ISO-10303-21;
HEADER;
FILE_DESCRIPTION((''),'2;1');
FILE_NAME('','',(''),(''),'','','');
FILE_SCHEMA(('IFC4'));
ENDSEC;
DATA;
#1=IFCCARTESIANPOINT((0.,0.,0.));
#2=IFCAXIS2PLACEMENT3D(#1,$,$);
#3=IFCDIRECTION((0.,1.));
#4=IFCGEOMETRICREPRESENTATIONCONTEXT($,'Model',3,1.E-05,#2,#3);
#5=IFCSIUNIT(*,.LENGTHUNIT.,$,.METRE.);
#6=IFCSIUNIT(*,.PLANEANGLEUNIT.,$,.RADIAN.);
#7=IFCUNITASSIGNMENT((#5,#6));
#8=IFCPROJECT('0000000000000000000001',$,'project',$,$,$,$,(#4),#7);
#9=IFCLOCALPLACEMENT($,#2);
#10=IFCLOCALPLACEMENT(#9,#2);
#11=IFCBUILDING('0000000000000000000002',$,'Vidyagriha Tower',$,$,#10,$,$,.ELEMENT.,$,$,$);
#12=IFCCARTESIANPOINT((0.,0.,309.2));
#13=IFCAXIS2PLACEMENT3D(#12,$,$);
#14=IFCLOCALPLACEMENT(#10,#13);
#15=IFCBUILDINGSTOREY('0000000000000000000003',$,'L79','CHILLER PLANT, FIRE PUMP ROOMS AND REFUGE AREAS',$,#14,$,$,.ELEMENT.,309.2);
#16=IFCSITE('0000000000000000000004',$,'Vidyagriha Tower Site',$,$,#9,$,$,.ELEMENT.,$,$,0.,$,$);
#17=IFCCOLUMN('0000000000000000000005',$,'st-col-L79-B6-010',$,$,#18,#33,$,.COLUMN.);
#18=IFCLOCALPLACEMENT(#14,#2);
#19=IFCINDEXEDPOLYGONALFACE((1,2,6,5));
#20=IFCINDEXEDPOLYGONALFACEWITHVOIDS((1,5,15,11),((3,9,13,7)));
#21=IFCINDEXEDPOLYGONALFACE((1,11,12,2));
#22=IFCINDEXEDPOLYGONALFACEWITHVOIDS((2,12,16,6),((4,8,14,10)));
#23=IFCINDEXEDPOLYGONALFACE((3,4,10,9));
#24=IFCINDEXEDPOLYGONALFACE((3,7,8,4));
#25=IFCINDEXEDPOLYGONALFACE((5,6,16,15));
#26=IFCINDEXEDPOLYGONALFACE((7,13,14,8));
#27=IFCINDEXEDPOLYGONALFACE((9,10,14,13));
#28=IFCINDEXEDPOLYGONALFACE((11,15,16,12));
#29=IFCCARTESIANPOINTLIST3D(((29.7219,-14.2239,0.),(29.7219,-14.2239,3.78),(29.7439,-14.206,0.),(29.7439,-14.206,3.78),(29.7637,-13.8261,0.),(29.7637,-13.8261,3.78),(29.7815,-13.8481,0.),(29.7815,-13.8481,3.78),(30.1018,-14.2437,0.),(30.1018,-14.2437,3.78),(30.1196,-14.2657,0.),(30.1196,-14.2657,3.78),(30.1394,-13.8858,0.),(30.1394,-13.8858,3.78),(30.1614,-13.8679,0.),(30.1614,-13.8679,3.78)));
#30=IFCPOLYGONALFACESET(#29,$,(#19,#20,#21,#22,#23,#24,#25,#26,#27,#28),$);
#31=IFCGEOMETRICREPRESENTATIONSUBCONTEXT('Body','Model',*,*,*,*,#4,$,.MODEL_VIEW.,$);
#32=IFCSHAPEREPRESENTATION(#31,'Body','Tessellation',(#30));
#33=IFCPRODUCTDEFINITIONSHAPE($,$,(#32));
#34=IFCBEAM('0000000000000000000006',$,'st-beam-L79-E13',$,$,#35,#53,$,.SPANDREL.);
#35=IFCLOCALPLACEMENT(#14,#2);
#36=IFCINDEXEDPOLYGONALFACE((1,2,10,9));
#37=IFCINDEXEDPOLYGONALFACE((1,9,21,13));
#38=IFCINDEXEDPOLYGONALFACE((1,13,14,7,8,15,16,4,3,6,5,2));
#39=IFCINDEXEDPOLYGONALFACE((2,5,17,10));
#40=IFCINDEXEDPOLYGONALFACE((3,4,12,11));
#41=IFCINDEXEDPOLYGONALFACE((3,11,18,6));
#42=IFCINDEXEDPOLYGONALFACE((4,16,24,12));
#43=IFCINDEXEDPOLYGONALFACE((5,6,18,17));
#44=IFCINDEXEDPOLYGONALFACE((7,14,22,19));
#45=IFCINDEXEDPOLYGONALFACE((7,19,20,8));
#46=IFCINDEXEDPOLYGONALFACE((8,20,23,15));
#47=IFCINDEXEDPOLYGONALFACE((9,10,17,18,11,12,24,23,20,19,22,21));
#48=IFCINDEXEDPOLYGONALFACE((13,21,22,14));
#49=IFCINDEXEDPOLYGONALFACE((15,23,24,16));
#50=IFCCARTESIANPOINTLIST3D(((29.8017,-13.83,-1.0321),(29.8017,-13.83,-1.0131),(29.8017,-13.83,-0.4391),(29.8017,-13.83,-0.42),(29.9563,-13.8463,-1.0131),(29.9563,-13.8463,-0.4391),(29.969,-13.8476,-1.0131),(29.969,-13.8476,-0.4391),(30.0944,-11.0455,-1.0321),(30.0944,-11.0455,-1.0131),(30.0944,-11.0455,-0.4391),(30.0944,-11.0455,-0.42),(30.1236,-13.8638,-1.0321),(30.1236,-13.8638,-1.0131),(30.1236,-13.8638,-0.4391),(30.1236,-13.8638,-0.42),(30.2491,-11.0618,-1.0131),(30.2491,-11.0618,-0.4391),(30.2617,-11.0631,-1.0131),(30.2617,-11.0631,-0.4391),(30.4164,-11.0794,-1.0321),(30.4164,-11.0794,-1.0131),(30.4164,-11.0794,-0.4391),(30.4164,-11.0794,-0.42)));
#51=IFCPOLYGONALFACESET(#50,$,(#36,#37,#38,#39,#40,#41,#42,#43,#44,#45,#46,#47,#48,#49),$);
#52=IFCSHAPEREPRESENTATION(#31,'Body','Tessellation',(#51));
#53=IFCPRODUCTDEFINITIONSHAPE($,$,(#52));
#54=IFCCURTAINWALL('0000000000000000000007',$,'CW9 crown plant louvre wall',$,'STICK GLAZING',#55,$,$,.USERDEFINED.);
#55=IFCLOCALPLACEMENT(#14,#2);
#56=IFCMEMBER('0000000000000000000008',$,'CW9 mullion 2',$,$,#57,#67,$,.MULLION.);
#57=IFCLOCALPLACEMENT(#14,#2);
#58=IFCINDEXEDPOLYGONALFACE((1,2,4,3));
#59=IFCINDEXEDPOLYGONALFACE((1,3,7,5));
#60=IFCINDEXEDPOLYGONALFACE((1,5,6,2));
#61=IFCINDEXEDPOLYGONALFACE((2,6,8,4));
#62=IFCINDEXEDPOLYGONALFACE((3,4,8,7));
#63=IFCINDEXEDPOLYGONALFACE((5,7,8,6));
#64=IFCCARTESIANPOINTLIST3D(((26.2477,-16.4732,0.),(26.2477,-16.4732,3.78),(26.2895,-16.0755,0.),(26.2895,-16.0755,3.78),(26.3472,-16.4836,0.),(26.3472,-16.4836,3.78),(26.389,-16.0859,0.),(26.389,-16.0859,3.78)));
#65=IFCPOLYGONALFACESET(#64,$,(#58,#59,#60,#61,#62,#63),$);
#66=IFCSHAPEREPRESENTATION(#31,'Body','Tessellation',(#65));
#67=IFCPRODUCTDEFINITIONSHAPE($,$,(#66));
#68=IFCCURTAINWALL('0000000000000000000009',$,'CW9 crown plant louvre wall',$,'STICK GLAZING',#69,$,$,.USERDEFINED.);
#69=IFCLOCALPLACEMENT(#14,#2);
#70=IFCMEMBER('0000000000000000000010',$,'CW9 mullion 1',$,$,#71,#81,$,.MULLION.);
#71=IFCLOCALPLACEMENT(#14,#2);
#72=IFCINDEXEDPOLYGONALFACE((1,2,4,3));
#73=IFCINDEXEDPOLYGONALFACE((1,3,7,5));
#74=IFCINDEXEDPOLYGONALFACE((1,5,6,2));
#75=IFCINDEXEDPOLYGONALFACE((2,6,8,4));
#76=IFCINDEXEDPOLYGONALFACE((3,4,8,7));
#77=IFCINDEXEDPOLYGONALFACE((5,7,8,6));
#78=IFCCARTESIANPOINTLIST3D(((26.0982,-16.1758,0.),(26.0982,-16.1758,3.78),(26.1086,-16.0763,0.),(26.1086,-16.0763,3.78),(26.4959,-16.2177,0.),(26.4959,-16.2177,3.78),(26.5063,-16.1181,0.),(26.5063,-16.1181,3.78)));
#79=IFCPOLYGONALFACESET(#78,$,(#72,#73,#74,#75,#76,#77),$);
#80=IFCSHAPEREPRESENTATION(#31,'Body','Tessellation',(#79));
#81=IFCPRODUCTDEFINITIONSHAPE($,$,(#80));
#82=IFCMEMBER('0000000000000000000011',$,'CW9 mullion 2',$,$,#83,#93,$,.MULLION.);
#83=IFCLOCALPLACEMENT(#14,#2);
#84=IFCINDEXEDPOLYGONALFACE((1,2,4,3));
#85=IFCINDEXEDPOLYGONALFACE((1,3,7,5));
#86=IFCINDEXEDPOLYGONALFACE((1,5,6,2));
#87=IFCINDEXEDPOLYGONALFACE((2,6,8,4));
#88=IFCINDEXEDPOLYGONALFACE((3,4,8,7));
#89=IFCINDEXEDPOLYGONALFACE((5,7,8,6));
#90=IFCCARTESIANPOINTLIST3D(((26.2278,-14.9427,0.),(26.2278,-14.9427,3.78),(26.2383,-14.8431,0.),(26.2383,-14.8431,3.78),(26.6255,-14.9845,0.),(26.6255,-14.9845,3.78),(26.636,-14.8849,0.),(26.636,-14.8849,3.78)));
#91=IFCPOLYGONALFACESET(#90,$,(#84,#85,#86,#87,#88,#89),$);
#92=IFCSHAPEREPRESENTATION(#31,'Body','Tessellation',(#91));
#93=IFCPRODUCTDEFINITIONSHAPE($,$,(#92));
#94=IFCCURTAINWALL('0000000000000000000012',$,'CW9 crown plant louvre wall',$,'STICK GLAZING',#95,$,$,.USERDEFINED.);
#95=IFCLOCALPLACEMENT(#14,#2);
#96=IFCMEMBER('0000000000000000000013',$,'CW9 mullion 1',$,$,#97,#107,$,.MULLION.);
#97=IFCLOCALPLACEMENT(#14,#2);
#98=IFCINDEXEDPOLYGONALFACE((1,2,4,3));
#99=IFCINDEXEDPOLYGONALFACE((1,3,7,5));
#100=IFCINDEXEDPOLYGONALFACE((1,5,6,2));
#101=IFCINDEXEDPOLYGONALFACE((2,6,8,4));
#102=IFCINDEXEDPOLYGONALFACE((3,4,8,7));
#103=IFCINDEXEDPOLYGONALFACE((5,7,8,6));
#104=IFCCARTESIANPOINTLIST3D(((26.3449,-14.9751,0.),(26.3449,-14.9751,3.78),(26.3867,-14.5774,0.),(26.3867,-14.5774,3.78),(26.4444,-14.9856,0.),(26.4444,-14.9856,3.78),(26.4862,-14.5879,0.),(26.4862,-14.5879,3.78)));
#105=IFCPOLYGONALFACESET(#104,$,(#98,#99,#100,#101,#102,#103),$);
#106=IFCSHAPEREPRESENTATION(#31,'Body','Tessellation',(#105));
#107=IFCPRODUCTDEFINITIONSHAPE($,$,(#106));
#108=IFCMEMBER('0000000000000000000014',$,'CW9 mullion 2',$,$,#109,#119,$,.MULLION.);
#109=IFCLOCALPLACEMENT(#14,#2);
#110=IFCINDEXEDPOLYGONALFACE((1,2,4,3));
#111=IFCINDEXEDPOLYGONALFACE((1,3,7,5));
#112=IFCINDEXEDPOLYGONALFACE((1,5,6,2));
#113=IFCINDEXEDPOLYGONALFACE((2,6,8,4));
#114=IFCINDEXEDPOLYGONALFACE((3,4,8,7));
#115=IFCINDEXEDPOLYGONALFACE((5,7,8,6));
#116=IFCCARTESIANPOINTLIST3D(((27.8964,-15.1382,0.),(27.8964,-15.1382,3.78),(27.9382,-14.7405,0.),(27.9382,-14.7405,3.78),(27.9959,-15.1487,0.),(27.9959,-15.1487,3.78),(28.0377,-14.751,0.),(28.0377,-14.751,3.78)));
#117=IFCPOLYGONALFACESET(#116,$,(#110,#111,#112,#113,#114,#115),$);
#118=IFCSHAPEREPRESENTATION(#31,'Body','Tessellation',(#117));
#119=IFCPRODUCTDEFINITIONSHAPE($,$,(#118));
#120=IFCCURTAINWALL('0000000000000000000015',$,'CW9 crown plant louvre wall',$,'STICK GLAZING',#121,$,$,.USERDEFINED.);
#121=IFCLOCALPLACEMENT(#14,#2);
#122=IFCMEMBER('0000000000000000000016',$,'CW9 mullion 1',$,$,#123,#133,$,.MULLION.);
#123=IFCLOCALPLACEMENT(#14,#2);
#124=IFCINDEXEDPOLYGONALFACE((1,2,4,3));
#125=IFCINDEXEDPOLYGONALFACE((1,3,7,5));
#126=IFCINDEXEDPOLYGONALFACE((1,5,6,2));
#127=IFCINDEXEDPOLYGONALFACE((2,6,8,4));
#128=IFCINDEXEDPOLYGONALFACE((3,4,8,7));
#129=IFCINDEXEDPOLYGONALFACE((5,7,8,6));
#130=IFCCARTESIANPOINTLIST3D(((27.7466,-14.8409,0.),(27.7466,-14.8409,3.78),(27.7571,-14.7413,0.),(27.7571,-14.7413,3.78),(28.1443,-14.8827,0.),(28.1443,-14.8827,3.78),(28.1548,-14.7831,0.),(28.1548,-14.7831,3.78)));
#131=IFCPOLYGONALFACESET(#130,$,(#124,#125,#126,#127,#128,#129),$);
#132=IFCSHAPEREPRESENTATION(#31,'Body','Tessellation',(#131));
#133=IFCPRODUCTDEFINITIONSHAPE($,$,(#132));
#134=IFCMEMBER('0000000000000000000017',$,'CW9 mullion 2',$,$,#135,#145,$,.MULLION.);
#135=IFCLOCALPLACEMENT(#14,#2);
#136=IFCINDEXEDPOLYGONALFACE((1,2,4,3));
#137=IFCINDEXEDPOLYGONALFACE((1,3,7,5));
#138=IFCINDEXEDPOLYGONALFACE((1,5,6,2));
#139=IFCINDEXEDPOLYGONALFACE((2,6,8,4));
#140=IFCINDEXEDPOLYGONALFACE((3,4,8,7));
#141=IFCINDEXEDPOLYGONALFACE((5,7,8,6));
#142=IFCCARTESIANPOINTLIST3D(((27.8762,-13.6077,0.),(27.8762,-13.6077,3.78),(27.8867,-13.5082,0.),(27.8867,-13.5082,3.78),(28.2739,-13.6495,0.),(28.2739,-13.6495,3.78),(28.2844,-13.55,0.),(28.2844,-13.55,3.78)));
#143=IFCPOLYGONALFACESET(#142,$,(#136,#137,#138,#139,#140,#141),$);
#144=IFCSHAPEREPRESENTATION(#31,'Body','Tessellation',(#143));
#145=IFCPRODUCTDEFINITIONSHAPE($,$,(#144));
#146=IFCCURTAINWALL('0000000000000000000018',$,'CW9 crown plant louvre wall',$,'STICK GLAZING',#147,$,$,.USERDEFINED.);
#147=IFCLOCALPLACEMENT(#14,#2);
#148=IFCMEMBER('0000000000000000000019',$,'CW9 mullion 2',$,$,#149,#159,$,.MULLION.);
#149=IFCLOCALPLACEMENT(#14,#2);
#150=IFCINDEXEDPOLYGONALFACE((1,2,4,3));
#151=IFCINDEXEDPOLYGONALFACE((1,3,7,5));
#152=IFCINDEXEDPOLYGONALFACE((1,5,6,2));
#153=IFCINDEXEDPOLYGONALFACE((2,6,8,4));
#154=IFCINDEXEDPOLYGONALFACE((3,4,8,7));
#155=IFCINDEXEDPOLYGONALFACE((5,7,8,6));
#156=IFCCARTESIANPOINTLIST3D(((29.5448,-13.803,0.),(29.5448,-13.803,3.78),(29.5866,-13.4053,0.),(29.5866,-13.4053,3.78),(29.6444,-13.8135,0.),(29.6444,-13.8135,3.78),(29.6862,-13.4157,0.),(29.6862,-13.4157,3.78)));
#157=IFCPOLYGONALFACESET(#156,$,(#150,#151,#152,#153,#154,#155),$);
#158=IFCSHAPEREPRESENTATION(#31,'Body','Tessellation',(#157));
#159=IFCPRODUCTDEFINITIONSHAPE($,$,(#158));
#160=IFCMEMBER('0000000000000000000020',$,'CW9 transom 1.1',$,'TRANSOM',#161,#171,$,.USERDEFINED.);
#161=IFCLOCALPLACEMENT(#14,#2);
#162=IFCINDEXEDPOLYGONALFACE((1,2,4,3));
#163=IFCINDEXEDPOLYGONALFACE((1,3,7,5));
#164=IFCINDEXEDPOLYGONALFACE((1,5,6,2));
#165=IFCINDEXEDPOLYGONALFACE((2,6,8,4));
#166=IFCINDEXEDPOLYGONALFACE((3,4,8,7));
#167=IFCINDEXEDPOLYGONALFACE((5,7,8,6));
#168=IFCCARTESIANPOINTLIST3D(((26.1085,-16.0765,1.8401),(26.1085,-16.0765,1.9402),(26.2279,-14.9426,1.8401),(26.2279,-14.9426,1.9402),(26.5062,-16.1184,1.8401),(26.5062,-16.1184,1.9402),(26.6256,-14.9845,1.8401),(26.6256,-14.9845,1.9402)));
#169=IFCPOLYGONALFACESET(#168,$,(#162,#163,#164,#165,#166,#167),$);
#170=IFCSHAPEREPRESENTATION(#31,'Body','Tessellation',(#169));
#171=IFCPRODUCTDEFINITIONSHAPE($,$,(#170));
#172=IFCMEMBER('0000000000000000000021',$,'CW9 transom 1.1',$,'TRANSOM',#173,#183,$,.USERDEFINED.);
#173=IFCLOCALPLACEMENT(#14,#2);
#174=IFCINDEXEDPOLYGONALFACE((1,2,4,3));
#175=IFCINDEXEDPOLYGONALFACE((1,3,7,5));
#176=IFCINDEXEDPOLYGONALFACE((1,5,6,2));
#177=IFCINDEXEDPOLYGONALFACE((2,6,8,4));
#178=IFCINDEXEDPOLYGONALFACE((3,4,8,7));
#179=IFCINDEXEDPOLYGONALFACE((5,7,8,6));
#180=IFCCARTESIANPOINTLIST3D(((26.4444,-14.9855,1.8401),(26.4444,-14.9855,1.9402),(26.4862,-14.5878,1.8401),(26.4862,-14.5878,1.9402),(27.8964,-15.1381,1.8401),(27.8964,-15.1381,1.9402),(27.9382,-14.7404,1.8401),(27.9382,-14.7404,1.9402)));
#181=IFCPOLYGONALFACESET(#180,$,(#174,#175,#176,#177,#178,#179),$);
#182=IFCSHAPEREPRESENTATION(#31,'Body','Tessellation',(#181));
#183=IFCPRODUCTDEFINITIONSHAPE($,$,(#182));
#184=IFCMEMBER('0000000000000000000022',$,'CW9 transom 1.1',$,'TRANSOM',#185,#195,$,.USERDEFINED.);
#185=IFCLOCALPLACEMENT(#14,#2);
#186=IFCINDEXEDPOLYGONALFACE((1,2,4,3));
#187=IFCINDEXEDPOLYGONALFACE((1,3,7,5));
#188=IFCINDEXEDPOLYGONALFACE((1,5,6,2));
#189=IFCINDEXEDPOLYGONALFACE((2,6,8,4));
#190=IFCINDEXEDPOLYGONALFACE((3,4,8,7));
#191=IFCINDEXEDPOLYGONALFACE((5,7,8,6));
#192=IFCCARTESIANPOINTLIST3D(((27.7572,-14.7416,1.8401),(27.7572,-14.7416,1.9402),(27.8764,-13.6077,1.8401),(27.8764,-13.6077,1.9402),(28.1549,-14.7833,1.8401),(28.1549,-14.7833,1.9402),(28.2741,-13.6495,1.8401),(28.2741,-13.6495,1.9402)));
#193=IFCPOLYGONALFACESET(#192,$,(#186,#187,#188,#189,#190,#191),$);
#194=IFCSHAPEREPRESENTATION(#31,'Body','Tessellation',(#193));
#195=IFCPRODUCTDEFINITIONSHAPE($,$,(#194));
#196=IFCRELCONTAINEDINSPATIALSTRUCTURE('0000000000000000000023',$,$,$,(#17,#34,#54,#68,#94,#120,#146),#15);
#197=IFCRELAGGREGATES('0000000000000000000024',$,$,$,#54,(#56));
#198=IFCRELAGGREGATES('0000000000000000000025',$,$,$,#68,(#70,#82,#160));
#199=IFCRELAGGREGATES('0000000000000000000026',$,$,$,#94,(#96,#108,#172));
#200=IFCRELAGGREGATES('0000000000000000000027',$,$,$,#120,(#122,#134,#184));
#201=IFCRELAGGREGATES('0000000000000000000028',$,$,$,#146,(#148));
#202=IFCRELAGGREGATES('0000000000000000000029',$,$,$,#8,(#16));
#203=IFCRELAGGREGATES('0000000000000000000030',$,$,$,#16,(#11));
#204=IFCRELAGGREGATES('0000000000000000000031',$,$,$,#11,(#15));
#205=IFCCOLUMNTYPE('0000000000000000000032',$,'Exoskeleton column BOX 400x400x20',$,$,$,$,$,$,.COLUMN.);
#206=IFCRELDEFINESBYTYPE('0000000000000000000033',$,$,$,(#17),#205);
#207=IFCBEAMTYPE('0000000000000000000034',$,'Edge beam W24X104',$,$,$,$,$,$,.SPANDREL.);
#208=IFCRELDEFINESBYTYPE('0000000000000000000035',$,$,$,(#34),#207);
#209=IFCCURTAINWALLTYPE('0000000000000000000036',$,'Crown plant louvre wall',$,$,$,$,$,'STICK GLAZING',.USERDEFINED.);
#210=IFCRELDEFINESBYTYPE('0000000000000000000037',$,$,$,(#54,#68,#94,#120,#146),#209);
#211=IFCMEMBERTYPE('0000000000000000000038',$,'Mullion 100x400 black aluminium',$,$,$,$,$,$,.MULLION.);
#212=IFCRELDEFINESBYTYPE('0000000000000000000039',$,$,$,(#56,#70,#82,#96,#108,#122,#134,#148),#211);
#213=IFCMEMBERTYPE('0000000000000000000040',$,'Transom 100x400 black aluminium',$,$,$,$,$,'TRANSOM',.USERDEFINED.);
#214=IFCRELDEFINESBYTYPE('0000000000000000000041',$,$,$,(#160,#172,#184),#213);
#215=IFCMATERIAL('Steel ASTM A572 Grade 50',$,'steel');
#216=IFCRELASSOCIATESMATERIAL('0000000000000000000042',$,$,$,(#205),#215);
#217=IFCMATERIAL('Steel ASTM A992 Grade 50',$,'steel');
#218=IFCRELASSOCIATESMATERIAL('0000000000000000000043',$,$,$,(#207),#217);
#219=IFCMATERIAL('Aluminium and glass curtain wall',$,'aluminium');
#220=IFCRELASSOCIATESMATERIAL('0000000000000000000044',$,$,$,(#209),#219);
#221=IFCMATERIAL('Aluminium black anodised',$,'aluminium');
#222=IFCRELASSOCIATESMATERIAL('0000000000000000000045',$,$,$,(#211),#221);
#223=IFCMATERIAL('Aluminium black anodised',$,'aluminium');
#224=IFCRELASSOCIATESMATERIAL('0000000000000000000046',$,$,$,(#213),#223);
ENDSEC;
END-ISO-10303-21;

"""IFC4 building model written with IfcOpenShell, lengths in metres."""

from ifc_helpers import new_model, si_unit, direction, frame, origin, origin_2d, place, context, subcontext, project, spatial, rectangle, hollow_rectangle, i_section, extrude, material, material_profile, profile_set, type_object, element, aggregate, save


model = new_model("IFC4")

# Units and contexts
model_context = context("Model", 3, precision=1e-05, world=origin(), true_north=direction((0.0, 1.0)))
body_context = subcontext(model_context, "Body", "Model", "MODEL_VIEW")
ifc_project = project(units=[si_unit("LENGTHUNIT", "METRE"), si_unit("PLANEANGLEUNIT", "RADIAN")], contexts=[model_context])

# Site, building, storey
site_placement = place(None, origin())
site = spatial("IfcSite", under=ifc_project, at=site_placement, Name="Vidyagriha Tower Site", CompositionType="ELEMENT", RefElevation=0.0)
building_placement = place(site_placement, origin())
building = spatial("IfcBuilding", under=site, at=building_placement, Name="Vidyagriha Tower", CompositionType="ELEMENT")
storey_placement = place(building_placement, frame((0.0, 0.0, 309.2)))
storey = spatial("IfcBuildingStorey", under=building, at=storey_placement, Name="L79", Description="CHILLER PLANT, FIRE PUMP ROOMS AND REFUGE AREAS", CompositionType="ELEMENT", Elevation=309.2)

# Column
ifc_material_1 = material(Name="Steel ASTM A572 Grade 50", Category="steel")
ifc_material_profile_1 = material_profile(ifc_material_1, hollow_rectangle(XDim=0.3999, YDim=0.3999, WallThickness=0.02, at=origin_2d()), Name="BOX 400x400x20")
ifc_profile_set_1 = profile_set([ifc_material_profile_1], Name="Steel ASTM A572 Grade 50")
column_type = type_object("IfcColumnType", Name="Exoskeleton column BOX 400x400x20", PredefinedType="COLUMN", material=ifc_profile_set_1)
column_placement = place(storey_placement, frame((29.9417, -14.0459, 0.0), z_axis=(0.0, 0.0, 1.0), x_axis=(0.994522, -0.104528, 0.0)))
element("IfcColumn", 1, at=column_placement, inside=storey, type_object=column_type, Name="st-col-L79-B6-010", PredefinedType="COLUMN", context=body_context, shape_type="SweptSolid", body=[
    extrude(hollow_rectangle(XDim=0.3999, YDim=0.3999, WallThickness=0.02, at=origin_2d()), origin(), (0.0, 0.0, 1.0), 3.78),
])

# Beam
ifc_material_2 = material(Name="Steel ASTM A992 Grade 50", Category="steel")
ifc_material_profile_2 = material_profile(ifc_material_2, i_section(OverallWidth=0.3237, OverallDepth=0.6121, WebThickness=0.0127, FlangeThickness=0.019, at=origin_2d()), Name="W24X104")
ifc_profile_set_2 = profile_set([ifc_material_profile_2], Name="Steel ASTM A992 Grade 50")
beam_type = type_object("IfcBeamType", Name="Edge beam W24X104", PredefinedType="SPANDREL", material=ifc_profile_set_2)
beam_placement = place(storey_placement, frame((29.9626, -13.8469, -0.7261), z_axis=(0.104553, 0.994519, 0.0), x_axis=(-0.994519, 0.104553, 0.0)))
element("IfcBeam", 2, at=beam_placement, inside=storey, type_object=beam_type, Name="st-beam-L79-E13", PredefinedType="SPANDREL", context=body_context, shape_type="SweptSolid", body=[
    extrude(i_section(OverallWidth=0.3237, OverallDepth=0.6121, WebThickness=0.0127, FlangeThickness=0.019, at=origin_2d()), origin(), (0.0, 0.0, 1.0), 2.7998),
])

# Curtain wall, member
ifc_material_3 = material(Name="Aluminium and glass curtain wall", Category="aluminium")
curtain_wall_type = type_object("IfcCurtainWallType", Name="Crown plant louvre wall", ElementType="STICK GLAZING", PredefinedType="USERDEFINED", material=ifc_material_3)
curtain_wall_1_placement = place(storey_placement, origin())
curtain_wall_1 = element("IfcCurtainWall", 3, at=curtain_wall_1_placement, inside=storey, type_object=curtain_wall_type, Name="CW9 crown plant louvre wall", ObjectType="STICK GLAZING", PredefinedType="USERDEFINED")
ifc_material_4 = material(Name="Aluminium black anodised", Category="aluminium")
ifc_material_profile_3 = material_profile(ifc_material_4, rectangle(XDim=0.3999, YDim=0.1001, at=origin_2d()), Name="Mullion 100x400 black aluminium")
ifc_profile_set_3 = profile_set([ifc_material_profile_3], Name="Aluminium black anodised")
member_type_1 = type_object("IfcMemberType", Name="Mullion 100x400 black aluminium", PredefinedType="MULLION", material=ifc_profile_set_3)
member_1_placement = place(storey_placement, frame((26.3184, -16.2795, 0.0), z_axis=(0.0, 0.0, 1.0), x_axis=(0.104519, 0.994523, 0.0)))
member_1 = element("IfcMember", 4, at=member_1_placement, type_object=member_type_1, Name="CW9 mullion 2", PredefinedType="MULLION", context=body_context, shape_type="SweptSolid", body=[
    extrude(rectangle(XDim=0.3999, YDim=0.1001, at=origin_2d()), origin(), (0.0, 0.0, 1.0), 3.78),
])

# Curtain walls, members
curtain_wall_2_placement = place(storey_placement, origin())
curtain_wall_2 = element("IfcCurtainWall", 5, at=curtain_wall_2_placement, inside=storey, type_object=curtain_wall_type, Name="CW9 crown plant louvre wall", ObjectType="STICK GLAZING", PredefinedType="USERDEFINED")
member_2_placement = place(storey_placement, frame((26.3022, -16.147, 0.0), z_axis=(0.0, 0.0, 1.0), x_axis=(-0.99452, 0.104549, 0.0)))
member_2 = element("IfcMember", 6, at=member_2_placement, type_object=member_type_1, Name="CW9 mullion 1", PredefinedType="MULLION", context=body_context, shape_type="SweptSolid", body=[
    extrude(rectangle(XDim=0.3999, YDim=0.1001, at=origin_2d()), origin(), (0.0, 0.0, 1.0), 3.78),
])
member_3_placement = place(storey_placement, frame((26.4319, -14.9138, 0.0), z_axis=(0.0, 0.0, 1.0), x_axis=(-0.99452, 0.104549, 0.0)))
member_3 = element("IfcMember", 7, at=member_3_placement, type_object=member_type_1, Name="CW9 mullion 2", PredefinedType="MULLION", context=body_context, shape_type="SweptSolid", body=[
    extrude(rectangle(XDim=0.3999, YDim=0.1001, at=origin_2d()), origin(), (0.0, 0.0, 1.0), 3.78),
])
curtain_wall_3_placement = place(storey_placement, origin())
curtain_wall_3 = element("IfcCurtainWall", 8, at=curtain_wall_3_placement, inside=storey, type_object=curtain_wall_type, Name="CW9 crown plant louvre wall", ObjectType="STICK GLAZING", PredefinedType="USERDEFINED")
member_4_placement = place(storey_placement, frame((26.4155, -14.7815, 0.0), z_axis=(0.0, 0.0, 1.0), x_axis=(0.104519, 0.994523, 0.0)))
member_4 = element("IfcMember", 9, at=member_4_placement, type_object=member_type_1, Name="CW9 mullion 1", PredefinedType="MULLION", context=body_context, shape_type="SweptSolid", body=[
    extrude(rectangle(XDim=0.3999, YDim=0.1001, at=origin_2d()), origin(), (0.0, 0.0, 1.0), 3.78),
])
member_5_placement = place(storey_placement, frame((27.967, -14.9446, 0.0), z_axis=(0.0, 0.0, 1.0), x_axis=(0.104519, 0.994523, 0.0)))
member_5 = element("IfcMember", 10, at=member_5_placement, type_object=member_type_1, Name="CW9 mullion 2", PredefinedType="MULLION", context=body_context, shape_type="SweptSolid", body=[
    extrude(rectangle(XDim=0.3999, YDim=0.1001, at=origin_2d()), origin(), (0.0, 0.0, 1.0), 3.78),
])
curtain_wall_4_placement = place(storey_placement, origin())
curtain_wall_4 = element("IfcCurtainWall", 11, at=curtain_wall_4_placement, inside=storey, type_object=curtain_wall_type, Name="CW9 crown plant louvre wall", ObjectType="STICK GLAZING", PredefinedType="USERDEFINED")
member_6_placement = place(storey_placement, frame((27.9507, -14.812, 0.0), z_axis=(0.0, 0.0, 1.0), x_axis=(-0.99452, 0.104549, 0.0)))
member_6 = element("IfcMember", 12, at=member_6_placement, type_object=member_type_1, Name="CW9 mullion 1", PredefinedType="MULLION", context=body_context, shape_type="SweptSolid", body=[
    extrude(rectangle(XDim=0.3999, YDim=0.1001, at=origin_2d()), origin(), (0.0, 0.0, 1.0), 3.78),
])
member_7_placement = place(storey_placement, frame((28.0803, -13.5789, 0.0), z_axis=(0.0, 0.0, 1.0), x_axis=(-0.99452, 0.104549, 0.0)))
member_7 = element("IfcMember", 13, at=member_7_placement, type_object=member_type_1, Name="CW9 mullion 2", PredefinedType="MULLION", context=body_context, shape_type="SweptSolid", body=[
    extrude(rectangle(XDim=0.3999, YDim=0.1001, at=origin_2d()), origin(), (0.0, 0.0, 1.0), 3.78),
])

# Curtain wall, member
curtain_wall_5_placement = place(storey_placement, origin())
curtain_wall_5 = element("IfcCurtainWall", 14, at=curtain_wall_5_placement, inside=storey, type_object=curtain_wall_type, Name="CW9 crown plant louvre wall", ObjectType="STICK GLAZING", PredefinedType="USERDEFINED")
member_8_placement = place(storey_placement, frame((29.6155, -13.6094, 0.0), z_axis=(0.0, 0.0, 1.0), x_axis=(0.104512, 0.994524, 0.0)))
member_8 = element("IfcMember", 15, at=member_8_placement, type_object=member_type_1, Name="CW9 mullion 2", PredefinedType="MULLION", context=body_context, shape_type="SweptSolid", body=[
    extrude(rectangle(XDim=0.3999, YDim=0.1001, at=origin_2d()), origin(), (0.0, 0.0, 1.0), 3.78),
])

# Members
ifc_material_5 = material(Name="Aluminium black anodised", Category="aluminium")
ifc_material_profile_4 = material_profile(ifc_material_5, rectangle(XDim=0.3999, YDim=0.1001, at=origin_2d()), Name="Transom 100x400 black aluminium")
ifc_profile_set_4 = profile_set([ifc_material_profile_4], Name="Aluminium black anodised")
member_type_2 = type_object("IfcMemberType", Name="Transom 100x400 black aluminium", ElementType="TRANSOM", PredefinedType="USERDEFINED", material=ifc_profile_set_4)
member_9_placement = place(storey_placement, frame((26.3074, -16.0974, 1.8901), z_axis=(0.104718, 0.994502, 0.0), x_axis=(-0.994502, 0.104718, 0.0)))
member_9 = element("IfcMember", 16, at=member_9_placement, type_object=member_type_2, Name="CW9 transom 1.1", ObjectType="TRANSOM", PredefinedType="USERDEFINED", context=body_context, shape_type="SweptSolid", body=[
    extrude(rectangle(XDim=0.3999, YDim=0.1001, at=origin_2d()), origin(), (0.0, 0.0, 1.0), 1.1401),
])
member_10_placement = place(storey_placement, frame((26.4653, -14.7866, 1.8901), z_axis=(0.994523, -0.104519, 0.0), x_axis=(0.104519, 0.994523, 0.0)))
member_10 = element("IfcMember", 17, at=member_10_placement, type_object=member_type_2, Name="CW9 transom 1.1", ObjectType="TRANSOM", PredefinedType="USERDEFINED", context=body_context, shape_type="SweptSolid", body=[
    extrude(rectangle(XDim=0.3999, YDim=0.1001, at=origin_2d()), origin(), (0.0, 0.0, 1.0), 1.46),
])
member_11_placement = place(storey_placement, frame((27.9561, -14.7625, 1.8901), z_axis=(0.104506, 0.994524, 0.0), x_axis=(-0.994524, 0.104506, 0.0)))
member_11 = element("IfcMember", 18, at=member_11_placement, type_object=member_type_2, Name="CW9 transom 1.1", ObjectType="TRANSOM", PredefinedType="USERDEFINED", context=body_context, shape_type="SweptSolid", body=[
    extrude(rectangle(XDim=0.3999, YDim=0.1001, at=origin_2d()), origin(), (0.0, 0.0, 1.0), 1.1401),
])

aggregate(curtain_wall_1, [member_1])
aggregate(curtain_wall_2, [member_2, member_3, member_9])
aggregate(curtain_wall_3, [member_4, member_5, member_10])
aggregate(curtain_wall_4, [member_6, member_7, member_11])
aggregate(curtain_wall_5, [member_8])

save(model, "model.ifc")
